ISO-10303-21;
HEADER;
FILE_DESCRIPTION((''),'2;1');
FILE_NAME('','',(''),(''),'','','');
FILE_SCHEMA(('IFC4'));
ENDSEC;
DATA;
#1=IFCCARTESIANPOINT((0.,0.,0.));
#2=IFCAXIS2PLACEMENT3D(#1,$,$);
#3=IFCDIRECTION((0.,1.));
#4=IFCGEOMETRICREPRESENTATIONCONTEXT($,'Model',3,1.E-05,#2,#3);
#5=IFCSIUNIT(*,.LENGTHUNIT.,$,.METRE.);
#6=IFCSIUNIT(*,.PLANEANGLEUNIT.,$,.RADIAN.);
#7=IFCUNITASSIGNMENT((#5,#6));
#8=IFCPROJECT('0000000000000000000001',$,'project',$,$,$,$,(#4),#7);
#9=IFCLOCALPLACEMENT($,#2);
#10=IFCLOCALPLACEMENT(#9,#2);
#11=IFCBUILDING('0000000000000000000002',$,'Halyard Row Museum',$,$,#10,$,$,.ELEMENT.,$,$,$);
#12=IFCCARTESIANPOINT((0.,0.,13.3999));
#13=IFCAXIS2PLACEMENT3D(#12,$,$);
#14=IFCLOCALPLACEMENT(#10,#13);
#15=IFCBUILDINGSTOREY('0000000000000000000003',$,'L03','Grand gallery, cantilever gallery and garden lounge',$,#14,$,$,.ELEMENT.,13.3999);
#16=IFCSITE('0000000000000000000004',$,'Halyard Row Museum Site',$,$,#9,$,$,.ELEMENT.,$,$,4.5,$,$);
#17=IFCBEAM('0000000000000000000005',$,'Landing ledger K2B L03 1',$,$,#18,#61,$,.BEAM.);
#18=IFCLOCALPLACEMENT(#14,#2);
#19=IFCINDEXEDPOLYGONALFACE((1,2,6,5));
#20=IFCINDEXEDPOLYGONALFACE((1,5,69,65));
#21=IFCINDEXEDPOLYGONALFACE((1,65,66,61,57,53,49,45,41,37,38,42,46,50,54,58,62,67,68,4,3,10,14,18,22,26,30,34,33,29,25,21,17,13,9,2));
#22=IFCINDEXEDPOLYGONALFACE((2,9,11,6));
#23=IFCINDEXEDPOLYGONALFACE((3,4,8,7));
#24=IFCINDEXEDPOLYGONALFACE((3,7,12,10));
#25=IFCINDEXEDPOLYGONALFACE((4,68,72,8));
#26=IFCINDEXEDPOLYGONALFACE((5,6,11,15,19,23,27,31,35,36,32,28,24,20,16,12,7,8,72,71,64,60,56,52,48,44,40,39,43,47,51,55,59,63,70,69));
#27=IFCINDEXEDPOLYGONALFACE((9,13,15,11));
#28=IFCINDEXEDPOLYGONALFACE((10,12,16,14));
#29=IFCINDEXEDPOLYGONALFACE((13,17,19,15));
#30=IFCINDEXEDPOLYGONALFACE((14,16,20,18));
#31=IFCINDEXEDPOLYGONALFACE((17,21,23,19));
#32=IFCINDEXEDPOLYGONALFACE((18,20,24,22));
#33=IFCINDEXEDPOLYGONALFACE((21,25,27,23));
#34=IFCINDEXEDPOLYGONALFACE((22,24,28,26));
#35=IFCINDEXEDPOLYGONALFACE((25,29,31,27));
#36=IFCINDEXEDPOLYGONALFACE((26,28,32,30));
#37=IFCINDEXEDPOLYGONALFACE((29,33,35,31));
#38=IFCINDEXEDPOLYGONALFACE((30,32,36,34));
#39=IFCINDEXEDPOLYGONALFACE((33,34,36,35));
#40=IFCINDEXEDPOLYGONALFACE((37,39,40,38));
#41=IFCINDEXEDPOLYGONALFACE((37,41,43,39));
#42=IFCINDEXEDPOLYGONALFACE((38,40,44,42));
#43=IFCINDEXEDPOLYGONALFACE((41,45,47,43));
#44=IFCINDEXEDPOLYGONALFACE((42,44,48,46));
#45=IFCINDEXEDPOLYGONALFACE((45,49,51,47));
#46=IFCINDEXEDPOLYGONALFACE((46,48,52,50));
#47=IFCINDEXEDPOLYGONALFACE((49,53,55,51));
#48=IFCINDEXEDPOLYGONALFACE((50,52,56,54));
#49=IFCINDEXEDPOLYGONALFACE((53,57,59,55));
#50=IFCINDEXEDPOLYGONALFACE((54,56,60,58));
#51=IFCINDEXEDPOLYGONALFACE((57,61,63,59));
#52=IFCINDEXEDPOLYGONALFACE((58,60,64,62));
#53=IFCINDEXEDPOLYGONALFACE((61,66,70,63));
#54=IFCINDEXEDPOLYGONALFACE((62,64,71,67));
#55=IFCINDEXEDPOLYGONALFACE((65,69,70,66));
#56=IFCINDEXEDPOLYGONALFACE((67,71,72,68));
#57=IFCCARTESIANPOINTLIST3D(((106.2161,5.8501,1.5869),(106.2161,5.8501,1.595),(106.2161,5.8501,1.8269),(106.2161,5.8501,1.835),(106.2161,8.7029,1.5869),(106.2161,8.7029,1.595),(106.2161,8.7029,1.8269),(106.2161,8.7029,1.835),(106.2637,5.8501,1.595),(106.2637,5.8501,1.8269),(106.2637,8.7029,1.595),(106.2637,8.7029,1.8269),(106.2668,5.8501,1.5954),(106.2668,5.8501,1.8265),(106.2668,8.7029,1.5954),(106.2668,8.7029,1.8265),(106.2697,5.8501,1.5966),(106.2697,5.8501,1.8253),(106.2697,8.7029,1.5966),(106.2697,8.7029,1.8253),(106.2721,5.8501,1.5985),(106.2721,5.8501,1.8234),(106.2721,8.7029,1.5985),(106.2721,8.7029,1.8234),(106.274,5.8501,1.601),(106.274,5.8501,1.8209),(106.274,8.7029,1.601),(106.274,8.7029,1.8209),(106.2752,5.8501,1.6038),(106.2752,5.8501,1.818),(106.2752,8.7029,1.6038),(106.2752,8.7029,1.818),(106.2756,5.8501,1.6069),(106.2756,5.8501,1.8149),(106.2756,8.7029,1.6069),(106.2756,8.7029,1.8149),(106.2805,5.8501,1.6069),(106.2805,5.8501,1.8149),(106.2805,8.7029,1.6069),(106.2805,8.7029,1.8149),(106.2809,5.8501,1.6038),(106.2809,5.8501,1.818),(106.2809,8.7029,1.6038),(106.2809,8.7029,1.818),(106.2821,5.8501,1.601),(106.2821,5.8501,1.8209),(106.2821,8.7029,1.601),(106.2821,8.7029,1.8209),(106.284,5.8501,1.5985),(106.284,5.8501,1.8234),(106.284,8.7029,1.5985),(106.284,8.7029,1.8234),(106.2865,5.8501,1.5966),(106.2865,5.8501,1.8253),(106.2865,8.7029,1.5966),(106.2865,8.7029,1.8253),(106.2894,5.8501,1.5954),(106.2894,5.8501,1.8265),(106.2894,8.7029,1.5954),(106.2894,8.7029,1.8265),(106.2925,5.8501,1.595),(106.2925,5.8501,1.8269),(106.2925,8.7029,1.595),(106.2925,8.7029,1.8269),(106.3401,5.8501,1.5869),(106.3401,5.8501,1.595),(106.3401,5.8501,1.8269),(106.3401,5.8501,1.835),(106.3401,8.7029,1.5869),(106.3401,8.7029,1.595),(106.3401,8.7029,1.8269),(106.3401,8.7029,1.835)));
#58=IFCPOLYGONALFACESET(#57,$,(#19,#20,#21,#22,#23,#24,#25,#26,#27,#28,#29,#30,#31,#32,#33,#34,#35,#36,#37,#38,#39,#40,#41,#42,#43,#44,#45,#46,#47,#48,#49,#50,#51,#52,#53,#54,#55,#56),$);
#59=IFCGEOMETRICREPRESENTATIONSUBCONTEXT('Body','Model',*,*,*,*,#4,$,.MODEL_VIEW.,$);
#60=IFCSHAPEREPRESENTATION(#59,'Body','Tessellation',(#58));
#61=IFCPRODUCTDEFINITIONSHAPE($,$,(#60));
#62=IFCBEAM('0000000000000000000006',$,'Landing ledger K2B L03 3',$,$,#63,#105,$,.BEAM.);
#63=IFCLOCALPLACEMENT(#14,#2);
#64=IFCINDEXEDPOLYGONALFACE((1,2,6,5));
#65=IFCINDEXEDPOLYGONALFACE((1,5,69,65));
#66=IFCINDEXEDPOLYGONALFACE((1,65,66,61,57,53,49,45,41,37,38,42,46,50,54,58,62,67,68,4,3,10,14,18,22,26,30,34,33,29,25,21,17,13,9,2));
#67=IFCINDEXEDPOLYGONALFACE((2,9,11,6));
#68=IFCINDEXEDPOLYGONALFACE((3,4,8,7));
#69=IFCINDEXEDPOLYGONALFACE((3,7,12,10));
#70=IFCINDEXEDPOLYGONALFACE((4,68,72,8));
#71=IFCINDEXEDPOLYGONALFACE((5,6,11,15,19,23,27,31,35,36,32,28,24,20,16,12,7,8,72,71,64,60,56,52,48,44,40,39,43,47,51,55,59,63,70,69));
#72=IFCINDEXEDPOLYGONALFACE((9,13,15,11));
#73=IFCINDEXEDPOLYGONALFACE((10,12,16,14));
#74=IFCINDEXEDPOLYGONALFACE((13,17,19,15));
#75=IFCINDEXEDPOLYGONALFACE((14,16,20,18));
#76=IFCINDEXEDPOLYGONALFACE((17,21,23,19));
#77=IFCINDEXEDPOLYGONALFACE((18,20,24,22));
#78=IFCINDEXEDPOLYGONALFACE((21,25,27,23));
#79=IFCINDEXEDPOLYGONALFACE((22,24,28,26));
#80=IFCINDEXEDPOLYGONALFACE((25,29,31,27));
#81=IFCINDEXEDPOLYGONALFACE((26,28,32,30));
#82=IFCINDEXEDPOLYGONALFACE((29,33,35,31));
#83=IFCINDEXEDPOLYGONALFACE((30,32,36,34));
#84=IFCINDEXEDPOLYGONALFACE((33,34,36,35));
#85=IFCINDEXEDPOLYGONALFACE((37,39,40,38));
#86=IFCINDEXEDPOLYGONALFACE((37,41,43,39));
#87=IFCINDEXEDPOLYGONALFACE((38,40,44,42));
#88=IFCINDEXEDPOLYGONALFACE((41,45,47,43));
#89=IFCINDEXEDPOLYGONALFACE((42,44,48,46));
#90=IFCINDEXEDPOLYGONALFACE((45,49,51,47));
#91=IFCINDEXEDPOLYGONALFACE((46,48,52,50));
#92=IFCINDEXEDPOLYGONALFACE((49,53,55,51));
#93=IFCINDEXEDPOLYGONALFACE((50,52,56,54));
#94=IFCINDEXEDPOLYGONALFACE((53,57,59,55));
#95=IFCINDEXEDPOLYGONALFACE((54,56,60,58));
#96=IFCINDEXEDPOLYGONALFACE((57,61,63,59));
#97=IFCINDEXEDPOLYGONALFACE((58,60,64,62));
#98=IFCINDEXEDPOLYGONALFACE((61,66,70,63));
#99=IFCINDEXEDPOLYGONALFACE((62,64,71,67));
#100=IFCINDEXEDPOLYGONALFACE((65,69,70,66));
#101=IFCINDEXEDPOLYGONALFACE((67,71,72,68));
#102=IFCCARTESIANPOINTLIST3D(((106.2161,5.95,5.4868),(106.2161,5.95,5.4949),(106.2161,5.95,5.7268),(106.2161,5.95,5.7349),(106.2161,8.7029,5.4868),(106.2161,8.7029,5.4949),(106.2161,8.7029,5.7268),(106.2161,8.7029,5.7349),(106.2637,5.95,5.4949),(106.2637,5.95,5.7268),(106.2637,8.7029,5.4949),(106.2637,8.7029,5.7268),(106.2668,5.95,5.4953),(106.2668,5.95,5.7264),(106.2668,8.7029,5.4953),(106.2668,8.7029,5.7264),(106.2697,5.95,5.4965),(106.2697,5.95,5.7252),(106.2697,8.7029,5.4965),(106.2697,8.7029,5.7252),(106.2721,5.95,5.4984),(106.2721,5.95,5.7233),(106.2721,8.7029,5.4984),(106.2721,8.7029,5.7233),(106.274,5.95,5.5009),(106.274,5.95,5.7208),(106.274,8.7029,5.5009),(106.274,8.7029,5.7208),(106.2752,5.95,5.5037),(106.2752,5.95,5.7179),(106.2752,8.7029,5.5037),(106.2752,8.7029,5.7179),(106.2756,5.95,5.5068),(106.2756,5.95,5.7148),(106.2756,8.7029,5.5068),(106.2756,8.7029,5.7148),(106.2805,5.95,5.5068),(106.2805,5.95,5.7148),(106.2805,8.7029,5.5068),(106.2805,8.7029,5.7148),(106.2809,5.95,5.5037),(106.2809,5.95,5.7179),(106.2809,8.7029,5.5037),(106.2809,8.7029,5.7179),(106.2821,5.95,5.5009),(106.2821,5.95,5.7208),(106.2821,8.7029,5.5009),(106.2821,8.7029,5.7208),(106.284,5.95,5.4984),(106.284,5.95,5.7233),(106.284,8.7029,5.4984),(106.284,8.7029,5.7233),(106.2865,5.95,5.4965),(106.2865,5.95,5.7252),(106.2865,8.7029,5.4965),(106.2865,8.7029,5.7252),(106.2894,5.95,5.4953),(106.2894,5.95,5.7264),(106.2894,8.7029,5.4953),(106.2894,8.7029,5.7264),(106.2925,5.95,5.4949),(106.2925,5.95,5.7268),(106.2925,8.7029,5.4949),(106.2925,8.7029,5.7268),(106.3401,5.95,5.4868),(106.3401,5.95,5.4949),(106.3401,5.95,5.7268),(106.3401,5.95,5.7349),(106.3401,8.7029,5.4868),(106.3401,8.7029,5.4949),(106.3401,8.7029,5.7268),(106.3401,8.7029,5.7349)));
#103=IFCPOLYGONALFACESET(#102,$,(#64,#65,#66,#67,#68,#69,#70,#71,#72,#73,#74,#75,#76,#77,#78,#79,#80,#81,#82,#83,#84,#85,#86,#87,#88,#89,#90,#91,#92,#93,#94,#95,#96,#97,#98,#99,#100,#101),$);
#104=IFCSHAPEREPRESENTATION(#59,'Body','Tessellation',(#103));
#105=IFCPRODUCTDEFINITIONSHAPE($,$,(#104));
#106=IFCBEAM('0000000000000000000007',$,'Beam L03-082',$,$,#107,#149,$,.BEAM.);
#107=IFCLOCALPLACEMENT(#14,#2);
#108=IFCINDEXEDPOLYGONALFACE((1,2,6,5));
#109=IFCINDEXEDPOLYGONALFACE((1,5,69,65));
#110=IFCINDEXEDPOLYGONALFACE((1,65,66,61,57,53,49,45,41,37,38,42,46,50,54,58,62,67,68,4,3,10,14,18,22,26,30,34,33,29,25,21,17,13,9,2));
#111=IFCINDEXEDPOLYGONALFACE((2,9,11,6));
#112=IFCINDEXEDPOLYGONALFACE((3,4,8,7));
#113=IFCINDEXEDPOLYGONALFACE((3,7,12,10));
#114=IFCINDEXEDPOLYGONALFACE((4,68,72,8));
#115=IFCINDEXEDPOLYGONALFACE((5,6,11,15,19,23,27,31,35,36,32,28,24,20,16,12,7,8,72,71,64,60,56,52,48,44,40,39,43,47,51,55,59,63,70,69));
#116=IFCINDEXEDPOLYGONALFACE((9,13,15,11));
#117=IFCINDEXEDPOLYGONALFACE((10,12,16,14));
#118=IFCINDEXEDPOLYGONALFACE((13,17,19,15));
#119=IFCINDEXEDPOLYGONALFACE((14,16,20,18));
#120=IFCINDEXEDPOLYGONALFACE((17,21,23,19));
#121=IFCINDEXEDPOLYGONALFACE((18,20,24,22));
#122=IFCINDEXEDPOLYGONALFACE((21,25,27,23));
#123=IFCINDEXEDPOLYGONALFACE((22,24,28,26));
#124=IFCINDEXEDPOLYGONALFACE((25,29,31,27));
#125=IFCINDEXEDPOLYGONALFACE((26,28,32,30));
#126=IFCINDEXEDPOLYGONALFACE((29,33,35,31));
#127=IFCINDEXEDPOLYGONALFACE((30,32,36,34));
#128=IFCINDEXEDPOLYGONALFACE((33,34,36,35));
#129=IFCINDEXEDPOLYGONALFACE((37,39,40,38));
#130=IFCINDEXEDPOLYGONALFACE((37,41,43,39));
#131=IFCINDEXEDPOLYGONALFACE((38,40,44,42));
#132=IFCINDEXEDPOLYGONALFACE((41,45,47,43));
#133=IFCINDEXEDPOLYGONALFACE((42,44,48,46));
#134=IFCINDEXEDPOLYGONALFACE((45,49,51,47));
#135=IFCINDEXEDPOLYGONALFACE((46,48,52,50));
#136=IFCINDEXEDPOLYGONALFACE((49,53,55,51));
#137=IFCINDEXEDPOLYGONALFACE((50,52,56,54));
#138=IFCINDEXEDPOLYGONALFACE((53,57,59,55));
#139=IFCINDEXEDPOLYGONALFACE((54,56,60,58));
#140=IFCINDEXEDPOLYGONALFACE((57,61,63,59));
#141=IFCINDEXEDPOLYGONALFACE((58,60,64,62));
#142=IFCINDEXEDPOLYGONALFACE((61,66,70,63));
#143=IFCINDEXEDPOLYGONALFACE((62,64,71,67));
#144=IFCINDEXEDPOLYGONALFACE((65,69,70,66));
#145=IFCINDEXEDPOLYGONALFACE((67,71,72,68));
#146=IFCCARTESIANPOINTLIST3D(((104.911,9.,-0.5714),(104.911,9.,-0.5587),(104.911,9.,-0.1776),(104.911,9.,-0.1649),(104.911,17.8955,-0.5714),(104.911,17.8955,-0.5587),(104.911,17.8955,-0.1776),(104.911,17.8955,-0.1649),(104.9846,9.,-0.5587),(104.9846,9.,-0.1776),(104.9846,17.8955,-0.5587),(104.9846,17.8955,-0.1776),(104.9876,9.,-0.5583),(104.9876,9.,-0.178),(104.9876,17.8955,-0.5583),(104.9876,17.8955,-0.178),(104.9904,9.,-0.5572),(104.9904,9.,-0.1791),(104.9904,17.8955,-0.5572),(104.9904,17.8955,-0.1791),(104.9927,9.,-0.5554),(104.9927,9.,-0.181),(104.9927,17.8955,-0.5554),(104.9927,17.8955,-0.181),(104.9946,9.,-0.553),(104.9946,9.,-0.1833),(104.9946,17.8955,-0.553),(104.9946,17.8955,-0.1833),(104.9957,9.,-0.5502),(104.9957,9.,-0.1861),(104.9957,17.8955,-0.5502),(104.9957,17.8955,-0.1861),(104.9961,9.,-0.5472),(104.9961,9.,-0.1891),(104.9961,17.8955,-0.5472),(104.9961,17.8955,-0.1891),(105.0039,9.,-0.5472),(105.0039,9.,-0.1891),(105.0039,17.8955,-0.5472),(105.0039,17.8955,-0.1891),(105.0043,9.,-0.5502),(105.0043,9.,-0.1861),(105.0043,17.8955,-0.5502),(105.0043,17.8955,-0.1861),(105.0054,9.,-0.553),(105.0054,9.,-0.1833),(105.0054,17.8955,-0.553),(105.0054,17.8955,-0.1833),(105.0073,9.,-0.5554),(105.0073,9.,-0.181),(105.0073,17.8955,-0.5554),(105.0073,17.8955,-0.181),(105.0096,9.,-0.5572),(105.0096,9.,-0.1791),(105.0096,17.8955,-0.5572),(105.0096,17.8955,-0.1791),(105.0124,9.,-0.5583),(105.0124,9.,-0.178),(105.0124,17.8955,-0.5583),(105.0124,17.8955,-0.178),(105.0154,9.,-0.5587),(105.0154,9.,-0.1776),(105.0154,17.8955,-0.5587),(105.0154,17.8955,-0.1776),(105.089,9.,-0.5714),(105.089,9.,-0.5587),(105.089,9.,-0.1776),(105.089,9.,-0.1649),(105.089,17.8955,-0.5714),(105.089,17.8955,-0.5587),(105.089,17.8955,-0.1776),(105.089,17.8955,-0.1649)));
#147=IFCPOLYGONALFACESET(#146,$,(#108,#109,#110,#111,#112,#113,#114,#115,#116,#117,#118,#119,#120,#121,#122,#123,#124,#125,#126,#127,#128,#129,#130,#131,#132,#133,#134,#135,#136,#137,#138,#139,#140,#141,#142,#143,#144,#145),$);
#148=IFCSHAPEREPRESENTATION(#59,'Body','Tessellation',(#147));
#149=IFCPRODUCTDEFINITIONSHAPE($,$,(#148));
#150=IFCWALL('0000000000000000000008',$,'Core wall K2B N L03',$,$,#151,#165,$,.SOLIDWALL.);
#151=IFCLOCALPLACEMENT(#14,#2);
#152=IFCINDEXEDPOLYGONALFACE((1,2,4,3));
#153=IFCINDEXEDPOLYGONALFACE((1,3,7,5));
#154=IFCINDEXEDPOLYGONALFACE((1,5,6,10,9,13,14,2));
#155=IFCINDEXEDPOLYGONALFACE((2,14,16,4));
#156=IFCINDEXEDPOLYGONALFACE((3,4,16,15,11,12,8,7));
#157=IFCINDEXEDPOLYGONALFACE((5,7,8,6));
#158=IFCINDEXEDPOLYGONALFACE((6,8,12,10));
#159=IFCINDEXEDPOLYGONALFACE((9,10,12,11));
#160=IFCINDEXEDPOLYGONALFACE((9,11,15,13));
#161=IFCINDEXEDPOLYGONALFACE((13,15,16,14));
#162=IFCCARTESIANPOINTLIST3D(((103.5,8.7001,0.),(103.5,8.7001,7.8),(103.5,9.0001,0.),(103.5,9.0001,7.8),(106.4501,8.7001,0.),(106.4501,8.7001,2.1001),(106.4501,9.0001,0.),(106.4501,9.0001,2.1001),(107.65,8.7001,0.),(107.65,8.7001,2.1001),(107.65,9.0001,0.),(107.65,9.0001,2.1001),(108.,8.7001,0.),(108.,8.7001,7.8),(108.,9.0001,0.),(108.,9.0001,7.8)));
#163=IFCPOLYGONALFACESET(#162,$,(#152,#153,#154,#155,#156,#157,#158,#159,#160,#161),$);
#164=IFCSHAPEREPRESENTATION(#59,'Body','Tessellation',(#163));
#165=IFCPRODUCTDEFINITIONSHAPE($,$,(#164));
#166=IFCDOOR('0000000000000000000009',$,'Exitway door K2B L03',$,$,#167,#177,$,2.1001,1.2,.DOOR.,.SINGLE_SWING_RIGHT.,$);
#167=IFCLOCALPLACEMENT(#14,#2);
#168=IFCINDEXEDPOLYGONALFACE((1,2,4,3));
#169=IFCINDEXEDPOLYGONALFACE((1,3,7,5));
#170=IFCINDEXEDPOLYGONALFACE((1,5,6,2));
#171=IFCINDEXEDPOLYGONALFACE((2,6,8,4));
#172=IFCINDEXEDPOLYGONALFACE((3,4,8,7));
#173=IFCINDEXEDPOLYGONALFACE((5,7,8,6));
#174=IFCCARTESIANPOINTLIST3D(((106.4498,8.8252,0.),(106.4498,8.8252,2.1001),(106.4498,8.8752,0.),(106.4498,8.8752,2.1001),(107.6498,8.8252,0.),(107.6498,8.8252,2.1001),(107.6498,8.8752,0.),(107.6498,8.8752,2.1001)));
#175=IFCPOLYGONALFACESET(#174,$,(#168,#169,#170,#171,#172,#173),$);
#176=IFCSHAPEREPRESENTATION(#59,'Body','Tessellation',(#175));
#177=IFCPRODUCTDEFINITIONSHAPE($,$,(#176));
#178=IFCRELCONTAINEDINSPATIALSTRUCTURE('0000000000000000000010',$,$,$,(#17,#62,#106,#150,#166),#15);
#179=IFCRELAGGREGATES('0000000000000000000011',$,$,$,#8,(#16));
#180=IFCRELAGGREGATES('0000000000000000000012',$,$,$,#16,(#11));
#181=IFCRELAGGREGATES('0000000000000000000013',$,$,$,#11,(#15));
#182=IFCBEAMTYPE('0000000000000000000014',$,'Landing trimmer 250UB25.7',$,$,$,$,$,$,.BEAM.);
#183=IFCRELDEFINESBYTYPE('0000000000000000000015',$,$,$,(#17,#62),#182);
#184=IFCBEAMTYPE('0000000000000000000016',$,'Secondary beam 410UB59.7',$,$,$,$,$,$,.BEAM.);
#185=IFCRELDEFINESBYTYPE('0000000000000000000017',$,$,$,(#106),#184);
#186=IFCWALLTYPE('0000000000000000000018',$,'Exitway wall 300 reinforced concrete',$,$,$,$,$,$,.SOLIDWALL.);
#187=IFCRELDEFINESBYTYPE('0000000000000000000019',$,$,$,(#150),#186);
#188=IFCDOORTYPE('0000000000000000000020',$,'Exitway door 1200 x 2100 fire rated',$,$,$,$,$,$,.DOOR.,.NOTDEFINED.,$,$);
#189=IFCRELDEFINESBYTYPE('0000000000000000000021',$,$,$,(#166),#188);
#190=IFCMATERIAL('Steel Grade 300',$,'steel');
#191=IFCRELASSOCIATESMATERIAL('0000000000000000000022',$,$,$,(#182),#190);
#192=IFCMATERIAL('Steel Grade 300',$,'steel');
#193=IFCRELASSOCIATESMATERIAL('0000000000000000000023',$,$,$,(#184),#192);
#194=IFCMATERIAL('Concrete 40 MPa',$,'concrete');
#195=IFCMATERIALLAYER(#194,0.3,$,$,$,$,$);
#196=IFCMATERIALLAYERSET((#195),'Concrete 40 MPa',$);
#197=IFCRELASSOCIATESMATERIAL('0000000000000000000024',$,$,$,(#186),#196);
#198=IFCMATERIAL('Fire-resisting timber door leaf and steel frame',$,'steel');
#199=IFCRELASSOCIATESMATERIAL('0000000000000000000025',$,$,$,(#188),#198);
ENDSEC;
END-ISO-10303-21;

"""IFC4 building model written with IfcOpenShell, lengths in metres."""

from ifc_helpers import new_model, si_unit, direction, frame, frame_2d, origin, origin_2d, place, context, subcontext, project, spatial, rectangle, i_section, extrude, material, layer, layer_set, material_profile, profile_set, type_object, element, fill, save


model = new_model("IFC4")

# Units and contexts
model_context = context("Model", 3, precision=1e-05, world=origin(), true_north=direction((0.0, 1.0)))
body_context = subcontext(model_context, "Body", "Model", "MODEL_VIEW")
ifc_project = project(units=[si_unit("LENGTHUNIT", "METRE"), si_unit("PLANEANGLEUNIT", "RADIAN")], contexts=[model_context])

# Site, building, storey
site_placement = place(None, origin())
site = spatial("IfcSite", under=ifc_project, at=site_placement, Name="Halyard Row Museum Site", CompositionType="ELEMENT", RefElevation=4.5)
building_placement = place(site_placement, origin())
building = spatial("IfcBuilding", under=site, at=building_placement, Name="Halyard Row Museum", CompositionType="ELEMENT")
storey_placement = place(building_placement, frame((0.0, 0.0, 13.3999)))
storey = spatial("IfcBuildingStorey", under=building, at=storey_placement, Name="L03", Description="Grand gallery, cantilever gallery and garden lounge", CompositionType="ELEMENT", Elevation=13.3999)

# Beams
ifc_material_1 = material(Name="Steel Grade 300", Category="steel")
ifc_material_profile_1 = material_profile(ifc_material_1, i_section(OverallWidth=0.124, OverallDepth=0.248, WebThickness=0.0049, FlangeThickness=0.0081, FilletRadius=0.012, at=origin_2d()), Name="250UB25.7")
ifc_profile_set_1 = profile_set([ifc_material_profile_1], Name="Steel Grade 300")
beam_type_1 = type_object("IfcBeamType", Name="Landing trimmer 250UB25.7", PredefinedType="BEAM", material=ifc_profile_set_1)
beam_1_placement = place(storey_placement, frame((106.2781, 8.7029, 1.7109), z_axis=(0.0, -1.0, 0.0), x_axis=(1.0, 0.0, 0.0)))
element("IfcBeam", 1, at=beam_1_placement, inside=storey, type_object=beam_type_1, Name="Landing ledger K2B L03 1", PredefinedType="BEAM", context=body_context, shape_type="SweptSolid", body=[
    extrude(i_section(OverallWidth=0.124, OverallDepth=0.248, WebThickness=0.0049, FlangeThickness=0.0081, FilletRadius=0.012, at=origin_2d()), origin(), (0.0, 0.0, 1.0), 2.8528),
])
beam_2_placement = place(storey_placement, frame((106.2781, 8.7029, 5.6108), z_axis=(0.0, -1.0, 0.0), x_axis=(1.0, 0.0, 0.0)))
element("IfcBeam", 2, at=beam_2_placement, inside=storey, type_object=beam_type_1, Name="Landing ledger K2B L03 3", PredefinedType="BEAM", context=body_context, shape_type="SweptSolid", body=[
    extrude(i_section(OverallWidth=0.124, OverallDepth=0.248, WebThickness=0.0049, FlangeThickness=0.0081, FilletRadius=0.012, at=origin_2d()), origin(), (0.0, 0.0, 1.0), 2.7529),
])
ifc_material_2 = material(Name="Steel Grade 300", Category="steel")
ifc_material_profile_2 = material_profile(ifc_material_2, i_section(OverallWidth=0.178, OverallDepth=0.4065, WebThickness=0.0078, FlangeThickness=0.0127, FilletRadius=0.0115, at=origin_2d()), Name="410UB59.7")
ifc_profile_set_2 = profile_set([ifc_material_profile_2], Name="Steel Grade 300")
beam_type_2 = type_object("IfcBeamType", Name="Secondary beam 410UB59.7", PredefinedType="BEAM", material=ifc_profile_set_2)
beam_3_placement = place(storey_placement, frame((105.0, 9.0, -0.3682), z_axis=(0.0, 1.0, 0.0), x_axis=(-1.0, 0.0, 0.0)))
element("IfcBeam", 3, at=beam_3_placement, inside=storey, type_object=beam_type_2, Name="Beam L03-082", PredefinedType="BEAM", context=body_context, shape_type="SweptSolid", body=[
    extrude(i_section(OverallWidth=0.178, OverallDepth=0.4065, WebThickness=0.0078, FlangeThickness=0.0127, FilletRadius=0.0115, at=origin_2d()), origin(), (0.0, 0.0, 1.0), 8.8955),
])

# Wall, opening, door
ifc_material_3 = material(Name="Concrete 40 MPa", Category="concrete")
ifc_layer_1 = layer(ifc_material_3, 0.3)
ifc_layer_set_1 = layer_set([ifc_layer_1], Name="Concrete 40 MPa")
wall_type_1 = type_object("IfcWallType", Name="Exitway wall 300 reinforced concrete", PredefinedType="SOLIDWALL", material=ifc_layer_set_1)
wall_1_placement = place(storey_placement, frame((103.5, 8.8501, 0.0), z_axis=(0.0, 0.0, 1.0), x_axis=(1.0, 0.0, 0.0)))
wall_1 = element("IfcWall", 4, at=wall_1_placement, inside=storey, type_object=wall_type_1, Name="Core wall K2B N L03", PredefinedType="SOLIDWALL", context=body_context, shape_type="SweptSolid", body=[
    extrude(rectangle(XDim=4.5, YDim=0.3, at=frame_2d((2.25, 0.0))), origin(), (0.0, 0.0, 1.0), 7.8),
])
opening_1_placement = place(wall_1_placement, frame((2.95, 0.0, 0.0)))
opening_1 = element("IfcOpeningElement", 5, at=opening_1_placement, cuts=wall_1, PredefinedType="OPENING", context=body_context, shape_type="SweptSolid", body=[
    extrude(rectangle(XDim=1.2, YDim=2.1001, at=frame_2d((0.6001, 1.05))), frame((0.0, 0.1599, 0.0), z_axis=(0.0, -1.0, 0.0), x_axis=(1.0, 0.0, 0.0)), (0.0, 0.0, 1.0), 0.3201),
])
ifc_material_4 = material(Name="Fire-resisting timber door leaf and steel frame", Category="steel")
door_type_1 = type_object("IfcDoorType", Name="Exitway door 1200 x 2100 fire rated", OperationType="NOTDEFINED", PredefinedType="DOOR", material=ifc_material_4)
door_1_placement = place(opening_1_placement, frame((1.2, 0.0, 0.0), z_axis=(0.0, 0.0, 1.0), x_axis=(-1.0, 0.0, 0.0)))
door_1 = element("IfcDoor", 6, at=door_1_placement, inside=storey, type_object=door_type_1, Name="Exitway door K2B L03", OperationType="SINGLE_SWING_RIGHT", OverallHeight=2.1001, OverallWidth=1.2, PredefinedType="DOOR", context=body_context, shape_type="SweptSolid", body=[
    extrude(rectangle(XDim=1.2, YDim=2.1001, at=frame_2d((0.6001, 1.05))), frame((0.0, 0.0249, 0.0), z_axis=(0.0, -1.0, 0.0), x_axis=(1.0, 0.0, 0.0)), (0.0, 0.0, 1.0), 0.05),
])
fill(opening_1, door_1)

save(model, "model.ifc")
